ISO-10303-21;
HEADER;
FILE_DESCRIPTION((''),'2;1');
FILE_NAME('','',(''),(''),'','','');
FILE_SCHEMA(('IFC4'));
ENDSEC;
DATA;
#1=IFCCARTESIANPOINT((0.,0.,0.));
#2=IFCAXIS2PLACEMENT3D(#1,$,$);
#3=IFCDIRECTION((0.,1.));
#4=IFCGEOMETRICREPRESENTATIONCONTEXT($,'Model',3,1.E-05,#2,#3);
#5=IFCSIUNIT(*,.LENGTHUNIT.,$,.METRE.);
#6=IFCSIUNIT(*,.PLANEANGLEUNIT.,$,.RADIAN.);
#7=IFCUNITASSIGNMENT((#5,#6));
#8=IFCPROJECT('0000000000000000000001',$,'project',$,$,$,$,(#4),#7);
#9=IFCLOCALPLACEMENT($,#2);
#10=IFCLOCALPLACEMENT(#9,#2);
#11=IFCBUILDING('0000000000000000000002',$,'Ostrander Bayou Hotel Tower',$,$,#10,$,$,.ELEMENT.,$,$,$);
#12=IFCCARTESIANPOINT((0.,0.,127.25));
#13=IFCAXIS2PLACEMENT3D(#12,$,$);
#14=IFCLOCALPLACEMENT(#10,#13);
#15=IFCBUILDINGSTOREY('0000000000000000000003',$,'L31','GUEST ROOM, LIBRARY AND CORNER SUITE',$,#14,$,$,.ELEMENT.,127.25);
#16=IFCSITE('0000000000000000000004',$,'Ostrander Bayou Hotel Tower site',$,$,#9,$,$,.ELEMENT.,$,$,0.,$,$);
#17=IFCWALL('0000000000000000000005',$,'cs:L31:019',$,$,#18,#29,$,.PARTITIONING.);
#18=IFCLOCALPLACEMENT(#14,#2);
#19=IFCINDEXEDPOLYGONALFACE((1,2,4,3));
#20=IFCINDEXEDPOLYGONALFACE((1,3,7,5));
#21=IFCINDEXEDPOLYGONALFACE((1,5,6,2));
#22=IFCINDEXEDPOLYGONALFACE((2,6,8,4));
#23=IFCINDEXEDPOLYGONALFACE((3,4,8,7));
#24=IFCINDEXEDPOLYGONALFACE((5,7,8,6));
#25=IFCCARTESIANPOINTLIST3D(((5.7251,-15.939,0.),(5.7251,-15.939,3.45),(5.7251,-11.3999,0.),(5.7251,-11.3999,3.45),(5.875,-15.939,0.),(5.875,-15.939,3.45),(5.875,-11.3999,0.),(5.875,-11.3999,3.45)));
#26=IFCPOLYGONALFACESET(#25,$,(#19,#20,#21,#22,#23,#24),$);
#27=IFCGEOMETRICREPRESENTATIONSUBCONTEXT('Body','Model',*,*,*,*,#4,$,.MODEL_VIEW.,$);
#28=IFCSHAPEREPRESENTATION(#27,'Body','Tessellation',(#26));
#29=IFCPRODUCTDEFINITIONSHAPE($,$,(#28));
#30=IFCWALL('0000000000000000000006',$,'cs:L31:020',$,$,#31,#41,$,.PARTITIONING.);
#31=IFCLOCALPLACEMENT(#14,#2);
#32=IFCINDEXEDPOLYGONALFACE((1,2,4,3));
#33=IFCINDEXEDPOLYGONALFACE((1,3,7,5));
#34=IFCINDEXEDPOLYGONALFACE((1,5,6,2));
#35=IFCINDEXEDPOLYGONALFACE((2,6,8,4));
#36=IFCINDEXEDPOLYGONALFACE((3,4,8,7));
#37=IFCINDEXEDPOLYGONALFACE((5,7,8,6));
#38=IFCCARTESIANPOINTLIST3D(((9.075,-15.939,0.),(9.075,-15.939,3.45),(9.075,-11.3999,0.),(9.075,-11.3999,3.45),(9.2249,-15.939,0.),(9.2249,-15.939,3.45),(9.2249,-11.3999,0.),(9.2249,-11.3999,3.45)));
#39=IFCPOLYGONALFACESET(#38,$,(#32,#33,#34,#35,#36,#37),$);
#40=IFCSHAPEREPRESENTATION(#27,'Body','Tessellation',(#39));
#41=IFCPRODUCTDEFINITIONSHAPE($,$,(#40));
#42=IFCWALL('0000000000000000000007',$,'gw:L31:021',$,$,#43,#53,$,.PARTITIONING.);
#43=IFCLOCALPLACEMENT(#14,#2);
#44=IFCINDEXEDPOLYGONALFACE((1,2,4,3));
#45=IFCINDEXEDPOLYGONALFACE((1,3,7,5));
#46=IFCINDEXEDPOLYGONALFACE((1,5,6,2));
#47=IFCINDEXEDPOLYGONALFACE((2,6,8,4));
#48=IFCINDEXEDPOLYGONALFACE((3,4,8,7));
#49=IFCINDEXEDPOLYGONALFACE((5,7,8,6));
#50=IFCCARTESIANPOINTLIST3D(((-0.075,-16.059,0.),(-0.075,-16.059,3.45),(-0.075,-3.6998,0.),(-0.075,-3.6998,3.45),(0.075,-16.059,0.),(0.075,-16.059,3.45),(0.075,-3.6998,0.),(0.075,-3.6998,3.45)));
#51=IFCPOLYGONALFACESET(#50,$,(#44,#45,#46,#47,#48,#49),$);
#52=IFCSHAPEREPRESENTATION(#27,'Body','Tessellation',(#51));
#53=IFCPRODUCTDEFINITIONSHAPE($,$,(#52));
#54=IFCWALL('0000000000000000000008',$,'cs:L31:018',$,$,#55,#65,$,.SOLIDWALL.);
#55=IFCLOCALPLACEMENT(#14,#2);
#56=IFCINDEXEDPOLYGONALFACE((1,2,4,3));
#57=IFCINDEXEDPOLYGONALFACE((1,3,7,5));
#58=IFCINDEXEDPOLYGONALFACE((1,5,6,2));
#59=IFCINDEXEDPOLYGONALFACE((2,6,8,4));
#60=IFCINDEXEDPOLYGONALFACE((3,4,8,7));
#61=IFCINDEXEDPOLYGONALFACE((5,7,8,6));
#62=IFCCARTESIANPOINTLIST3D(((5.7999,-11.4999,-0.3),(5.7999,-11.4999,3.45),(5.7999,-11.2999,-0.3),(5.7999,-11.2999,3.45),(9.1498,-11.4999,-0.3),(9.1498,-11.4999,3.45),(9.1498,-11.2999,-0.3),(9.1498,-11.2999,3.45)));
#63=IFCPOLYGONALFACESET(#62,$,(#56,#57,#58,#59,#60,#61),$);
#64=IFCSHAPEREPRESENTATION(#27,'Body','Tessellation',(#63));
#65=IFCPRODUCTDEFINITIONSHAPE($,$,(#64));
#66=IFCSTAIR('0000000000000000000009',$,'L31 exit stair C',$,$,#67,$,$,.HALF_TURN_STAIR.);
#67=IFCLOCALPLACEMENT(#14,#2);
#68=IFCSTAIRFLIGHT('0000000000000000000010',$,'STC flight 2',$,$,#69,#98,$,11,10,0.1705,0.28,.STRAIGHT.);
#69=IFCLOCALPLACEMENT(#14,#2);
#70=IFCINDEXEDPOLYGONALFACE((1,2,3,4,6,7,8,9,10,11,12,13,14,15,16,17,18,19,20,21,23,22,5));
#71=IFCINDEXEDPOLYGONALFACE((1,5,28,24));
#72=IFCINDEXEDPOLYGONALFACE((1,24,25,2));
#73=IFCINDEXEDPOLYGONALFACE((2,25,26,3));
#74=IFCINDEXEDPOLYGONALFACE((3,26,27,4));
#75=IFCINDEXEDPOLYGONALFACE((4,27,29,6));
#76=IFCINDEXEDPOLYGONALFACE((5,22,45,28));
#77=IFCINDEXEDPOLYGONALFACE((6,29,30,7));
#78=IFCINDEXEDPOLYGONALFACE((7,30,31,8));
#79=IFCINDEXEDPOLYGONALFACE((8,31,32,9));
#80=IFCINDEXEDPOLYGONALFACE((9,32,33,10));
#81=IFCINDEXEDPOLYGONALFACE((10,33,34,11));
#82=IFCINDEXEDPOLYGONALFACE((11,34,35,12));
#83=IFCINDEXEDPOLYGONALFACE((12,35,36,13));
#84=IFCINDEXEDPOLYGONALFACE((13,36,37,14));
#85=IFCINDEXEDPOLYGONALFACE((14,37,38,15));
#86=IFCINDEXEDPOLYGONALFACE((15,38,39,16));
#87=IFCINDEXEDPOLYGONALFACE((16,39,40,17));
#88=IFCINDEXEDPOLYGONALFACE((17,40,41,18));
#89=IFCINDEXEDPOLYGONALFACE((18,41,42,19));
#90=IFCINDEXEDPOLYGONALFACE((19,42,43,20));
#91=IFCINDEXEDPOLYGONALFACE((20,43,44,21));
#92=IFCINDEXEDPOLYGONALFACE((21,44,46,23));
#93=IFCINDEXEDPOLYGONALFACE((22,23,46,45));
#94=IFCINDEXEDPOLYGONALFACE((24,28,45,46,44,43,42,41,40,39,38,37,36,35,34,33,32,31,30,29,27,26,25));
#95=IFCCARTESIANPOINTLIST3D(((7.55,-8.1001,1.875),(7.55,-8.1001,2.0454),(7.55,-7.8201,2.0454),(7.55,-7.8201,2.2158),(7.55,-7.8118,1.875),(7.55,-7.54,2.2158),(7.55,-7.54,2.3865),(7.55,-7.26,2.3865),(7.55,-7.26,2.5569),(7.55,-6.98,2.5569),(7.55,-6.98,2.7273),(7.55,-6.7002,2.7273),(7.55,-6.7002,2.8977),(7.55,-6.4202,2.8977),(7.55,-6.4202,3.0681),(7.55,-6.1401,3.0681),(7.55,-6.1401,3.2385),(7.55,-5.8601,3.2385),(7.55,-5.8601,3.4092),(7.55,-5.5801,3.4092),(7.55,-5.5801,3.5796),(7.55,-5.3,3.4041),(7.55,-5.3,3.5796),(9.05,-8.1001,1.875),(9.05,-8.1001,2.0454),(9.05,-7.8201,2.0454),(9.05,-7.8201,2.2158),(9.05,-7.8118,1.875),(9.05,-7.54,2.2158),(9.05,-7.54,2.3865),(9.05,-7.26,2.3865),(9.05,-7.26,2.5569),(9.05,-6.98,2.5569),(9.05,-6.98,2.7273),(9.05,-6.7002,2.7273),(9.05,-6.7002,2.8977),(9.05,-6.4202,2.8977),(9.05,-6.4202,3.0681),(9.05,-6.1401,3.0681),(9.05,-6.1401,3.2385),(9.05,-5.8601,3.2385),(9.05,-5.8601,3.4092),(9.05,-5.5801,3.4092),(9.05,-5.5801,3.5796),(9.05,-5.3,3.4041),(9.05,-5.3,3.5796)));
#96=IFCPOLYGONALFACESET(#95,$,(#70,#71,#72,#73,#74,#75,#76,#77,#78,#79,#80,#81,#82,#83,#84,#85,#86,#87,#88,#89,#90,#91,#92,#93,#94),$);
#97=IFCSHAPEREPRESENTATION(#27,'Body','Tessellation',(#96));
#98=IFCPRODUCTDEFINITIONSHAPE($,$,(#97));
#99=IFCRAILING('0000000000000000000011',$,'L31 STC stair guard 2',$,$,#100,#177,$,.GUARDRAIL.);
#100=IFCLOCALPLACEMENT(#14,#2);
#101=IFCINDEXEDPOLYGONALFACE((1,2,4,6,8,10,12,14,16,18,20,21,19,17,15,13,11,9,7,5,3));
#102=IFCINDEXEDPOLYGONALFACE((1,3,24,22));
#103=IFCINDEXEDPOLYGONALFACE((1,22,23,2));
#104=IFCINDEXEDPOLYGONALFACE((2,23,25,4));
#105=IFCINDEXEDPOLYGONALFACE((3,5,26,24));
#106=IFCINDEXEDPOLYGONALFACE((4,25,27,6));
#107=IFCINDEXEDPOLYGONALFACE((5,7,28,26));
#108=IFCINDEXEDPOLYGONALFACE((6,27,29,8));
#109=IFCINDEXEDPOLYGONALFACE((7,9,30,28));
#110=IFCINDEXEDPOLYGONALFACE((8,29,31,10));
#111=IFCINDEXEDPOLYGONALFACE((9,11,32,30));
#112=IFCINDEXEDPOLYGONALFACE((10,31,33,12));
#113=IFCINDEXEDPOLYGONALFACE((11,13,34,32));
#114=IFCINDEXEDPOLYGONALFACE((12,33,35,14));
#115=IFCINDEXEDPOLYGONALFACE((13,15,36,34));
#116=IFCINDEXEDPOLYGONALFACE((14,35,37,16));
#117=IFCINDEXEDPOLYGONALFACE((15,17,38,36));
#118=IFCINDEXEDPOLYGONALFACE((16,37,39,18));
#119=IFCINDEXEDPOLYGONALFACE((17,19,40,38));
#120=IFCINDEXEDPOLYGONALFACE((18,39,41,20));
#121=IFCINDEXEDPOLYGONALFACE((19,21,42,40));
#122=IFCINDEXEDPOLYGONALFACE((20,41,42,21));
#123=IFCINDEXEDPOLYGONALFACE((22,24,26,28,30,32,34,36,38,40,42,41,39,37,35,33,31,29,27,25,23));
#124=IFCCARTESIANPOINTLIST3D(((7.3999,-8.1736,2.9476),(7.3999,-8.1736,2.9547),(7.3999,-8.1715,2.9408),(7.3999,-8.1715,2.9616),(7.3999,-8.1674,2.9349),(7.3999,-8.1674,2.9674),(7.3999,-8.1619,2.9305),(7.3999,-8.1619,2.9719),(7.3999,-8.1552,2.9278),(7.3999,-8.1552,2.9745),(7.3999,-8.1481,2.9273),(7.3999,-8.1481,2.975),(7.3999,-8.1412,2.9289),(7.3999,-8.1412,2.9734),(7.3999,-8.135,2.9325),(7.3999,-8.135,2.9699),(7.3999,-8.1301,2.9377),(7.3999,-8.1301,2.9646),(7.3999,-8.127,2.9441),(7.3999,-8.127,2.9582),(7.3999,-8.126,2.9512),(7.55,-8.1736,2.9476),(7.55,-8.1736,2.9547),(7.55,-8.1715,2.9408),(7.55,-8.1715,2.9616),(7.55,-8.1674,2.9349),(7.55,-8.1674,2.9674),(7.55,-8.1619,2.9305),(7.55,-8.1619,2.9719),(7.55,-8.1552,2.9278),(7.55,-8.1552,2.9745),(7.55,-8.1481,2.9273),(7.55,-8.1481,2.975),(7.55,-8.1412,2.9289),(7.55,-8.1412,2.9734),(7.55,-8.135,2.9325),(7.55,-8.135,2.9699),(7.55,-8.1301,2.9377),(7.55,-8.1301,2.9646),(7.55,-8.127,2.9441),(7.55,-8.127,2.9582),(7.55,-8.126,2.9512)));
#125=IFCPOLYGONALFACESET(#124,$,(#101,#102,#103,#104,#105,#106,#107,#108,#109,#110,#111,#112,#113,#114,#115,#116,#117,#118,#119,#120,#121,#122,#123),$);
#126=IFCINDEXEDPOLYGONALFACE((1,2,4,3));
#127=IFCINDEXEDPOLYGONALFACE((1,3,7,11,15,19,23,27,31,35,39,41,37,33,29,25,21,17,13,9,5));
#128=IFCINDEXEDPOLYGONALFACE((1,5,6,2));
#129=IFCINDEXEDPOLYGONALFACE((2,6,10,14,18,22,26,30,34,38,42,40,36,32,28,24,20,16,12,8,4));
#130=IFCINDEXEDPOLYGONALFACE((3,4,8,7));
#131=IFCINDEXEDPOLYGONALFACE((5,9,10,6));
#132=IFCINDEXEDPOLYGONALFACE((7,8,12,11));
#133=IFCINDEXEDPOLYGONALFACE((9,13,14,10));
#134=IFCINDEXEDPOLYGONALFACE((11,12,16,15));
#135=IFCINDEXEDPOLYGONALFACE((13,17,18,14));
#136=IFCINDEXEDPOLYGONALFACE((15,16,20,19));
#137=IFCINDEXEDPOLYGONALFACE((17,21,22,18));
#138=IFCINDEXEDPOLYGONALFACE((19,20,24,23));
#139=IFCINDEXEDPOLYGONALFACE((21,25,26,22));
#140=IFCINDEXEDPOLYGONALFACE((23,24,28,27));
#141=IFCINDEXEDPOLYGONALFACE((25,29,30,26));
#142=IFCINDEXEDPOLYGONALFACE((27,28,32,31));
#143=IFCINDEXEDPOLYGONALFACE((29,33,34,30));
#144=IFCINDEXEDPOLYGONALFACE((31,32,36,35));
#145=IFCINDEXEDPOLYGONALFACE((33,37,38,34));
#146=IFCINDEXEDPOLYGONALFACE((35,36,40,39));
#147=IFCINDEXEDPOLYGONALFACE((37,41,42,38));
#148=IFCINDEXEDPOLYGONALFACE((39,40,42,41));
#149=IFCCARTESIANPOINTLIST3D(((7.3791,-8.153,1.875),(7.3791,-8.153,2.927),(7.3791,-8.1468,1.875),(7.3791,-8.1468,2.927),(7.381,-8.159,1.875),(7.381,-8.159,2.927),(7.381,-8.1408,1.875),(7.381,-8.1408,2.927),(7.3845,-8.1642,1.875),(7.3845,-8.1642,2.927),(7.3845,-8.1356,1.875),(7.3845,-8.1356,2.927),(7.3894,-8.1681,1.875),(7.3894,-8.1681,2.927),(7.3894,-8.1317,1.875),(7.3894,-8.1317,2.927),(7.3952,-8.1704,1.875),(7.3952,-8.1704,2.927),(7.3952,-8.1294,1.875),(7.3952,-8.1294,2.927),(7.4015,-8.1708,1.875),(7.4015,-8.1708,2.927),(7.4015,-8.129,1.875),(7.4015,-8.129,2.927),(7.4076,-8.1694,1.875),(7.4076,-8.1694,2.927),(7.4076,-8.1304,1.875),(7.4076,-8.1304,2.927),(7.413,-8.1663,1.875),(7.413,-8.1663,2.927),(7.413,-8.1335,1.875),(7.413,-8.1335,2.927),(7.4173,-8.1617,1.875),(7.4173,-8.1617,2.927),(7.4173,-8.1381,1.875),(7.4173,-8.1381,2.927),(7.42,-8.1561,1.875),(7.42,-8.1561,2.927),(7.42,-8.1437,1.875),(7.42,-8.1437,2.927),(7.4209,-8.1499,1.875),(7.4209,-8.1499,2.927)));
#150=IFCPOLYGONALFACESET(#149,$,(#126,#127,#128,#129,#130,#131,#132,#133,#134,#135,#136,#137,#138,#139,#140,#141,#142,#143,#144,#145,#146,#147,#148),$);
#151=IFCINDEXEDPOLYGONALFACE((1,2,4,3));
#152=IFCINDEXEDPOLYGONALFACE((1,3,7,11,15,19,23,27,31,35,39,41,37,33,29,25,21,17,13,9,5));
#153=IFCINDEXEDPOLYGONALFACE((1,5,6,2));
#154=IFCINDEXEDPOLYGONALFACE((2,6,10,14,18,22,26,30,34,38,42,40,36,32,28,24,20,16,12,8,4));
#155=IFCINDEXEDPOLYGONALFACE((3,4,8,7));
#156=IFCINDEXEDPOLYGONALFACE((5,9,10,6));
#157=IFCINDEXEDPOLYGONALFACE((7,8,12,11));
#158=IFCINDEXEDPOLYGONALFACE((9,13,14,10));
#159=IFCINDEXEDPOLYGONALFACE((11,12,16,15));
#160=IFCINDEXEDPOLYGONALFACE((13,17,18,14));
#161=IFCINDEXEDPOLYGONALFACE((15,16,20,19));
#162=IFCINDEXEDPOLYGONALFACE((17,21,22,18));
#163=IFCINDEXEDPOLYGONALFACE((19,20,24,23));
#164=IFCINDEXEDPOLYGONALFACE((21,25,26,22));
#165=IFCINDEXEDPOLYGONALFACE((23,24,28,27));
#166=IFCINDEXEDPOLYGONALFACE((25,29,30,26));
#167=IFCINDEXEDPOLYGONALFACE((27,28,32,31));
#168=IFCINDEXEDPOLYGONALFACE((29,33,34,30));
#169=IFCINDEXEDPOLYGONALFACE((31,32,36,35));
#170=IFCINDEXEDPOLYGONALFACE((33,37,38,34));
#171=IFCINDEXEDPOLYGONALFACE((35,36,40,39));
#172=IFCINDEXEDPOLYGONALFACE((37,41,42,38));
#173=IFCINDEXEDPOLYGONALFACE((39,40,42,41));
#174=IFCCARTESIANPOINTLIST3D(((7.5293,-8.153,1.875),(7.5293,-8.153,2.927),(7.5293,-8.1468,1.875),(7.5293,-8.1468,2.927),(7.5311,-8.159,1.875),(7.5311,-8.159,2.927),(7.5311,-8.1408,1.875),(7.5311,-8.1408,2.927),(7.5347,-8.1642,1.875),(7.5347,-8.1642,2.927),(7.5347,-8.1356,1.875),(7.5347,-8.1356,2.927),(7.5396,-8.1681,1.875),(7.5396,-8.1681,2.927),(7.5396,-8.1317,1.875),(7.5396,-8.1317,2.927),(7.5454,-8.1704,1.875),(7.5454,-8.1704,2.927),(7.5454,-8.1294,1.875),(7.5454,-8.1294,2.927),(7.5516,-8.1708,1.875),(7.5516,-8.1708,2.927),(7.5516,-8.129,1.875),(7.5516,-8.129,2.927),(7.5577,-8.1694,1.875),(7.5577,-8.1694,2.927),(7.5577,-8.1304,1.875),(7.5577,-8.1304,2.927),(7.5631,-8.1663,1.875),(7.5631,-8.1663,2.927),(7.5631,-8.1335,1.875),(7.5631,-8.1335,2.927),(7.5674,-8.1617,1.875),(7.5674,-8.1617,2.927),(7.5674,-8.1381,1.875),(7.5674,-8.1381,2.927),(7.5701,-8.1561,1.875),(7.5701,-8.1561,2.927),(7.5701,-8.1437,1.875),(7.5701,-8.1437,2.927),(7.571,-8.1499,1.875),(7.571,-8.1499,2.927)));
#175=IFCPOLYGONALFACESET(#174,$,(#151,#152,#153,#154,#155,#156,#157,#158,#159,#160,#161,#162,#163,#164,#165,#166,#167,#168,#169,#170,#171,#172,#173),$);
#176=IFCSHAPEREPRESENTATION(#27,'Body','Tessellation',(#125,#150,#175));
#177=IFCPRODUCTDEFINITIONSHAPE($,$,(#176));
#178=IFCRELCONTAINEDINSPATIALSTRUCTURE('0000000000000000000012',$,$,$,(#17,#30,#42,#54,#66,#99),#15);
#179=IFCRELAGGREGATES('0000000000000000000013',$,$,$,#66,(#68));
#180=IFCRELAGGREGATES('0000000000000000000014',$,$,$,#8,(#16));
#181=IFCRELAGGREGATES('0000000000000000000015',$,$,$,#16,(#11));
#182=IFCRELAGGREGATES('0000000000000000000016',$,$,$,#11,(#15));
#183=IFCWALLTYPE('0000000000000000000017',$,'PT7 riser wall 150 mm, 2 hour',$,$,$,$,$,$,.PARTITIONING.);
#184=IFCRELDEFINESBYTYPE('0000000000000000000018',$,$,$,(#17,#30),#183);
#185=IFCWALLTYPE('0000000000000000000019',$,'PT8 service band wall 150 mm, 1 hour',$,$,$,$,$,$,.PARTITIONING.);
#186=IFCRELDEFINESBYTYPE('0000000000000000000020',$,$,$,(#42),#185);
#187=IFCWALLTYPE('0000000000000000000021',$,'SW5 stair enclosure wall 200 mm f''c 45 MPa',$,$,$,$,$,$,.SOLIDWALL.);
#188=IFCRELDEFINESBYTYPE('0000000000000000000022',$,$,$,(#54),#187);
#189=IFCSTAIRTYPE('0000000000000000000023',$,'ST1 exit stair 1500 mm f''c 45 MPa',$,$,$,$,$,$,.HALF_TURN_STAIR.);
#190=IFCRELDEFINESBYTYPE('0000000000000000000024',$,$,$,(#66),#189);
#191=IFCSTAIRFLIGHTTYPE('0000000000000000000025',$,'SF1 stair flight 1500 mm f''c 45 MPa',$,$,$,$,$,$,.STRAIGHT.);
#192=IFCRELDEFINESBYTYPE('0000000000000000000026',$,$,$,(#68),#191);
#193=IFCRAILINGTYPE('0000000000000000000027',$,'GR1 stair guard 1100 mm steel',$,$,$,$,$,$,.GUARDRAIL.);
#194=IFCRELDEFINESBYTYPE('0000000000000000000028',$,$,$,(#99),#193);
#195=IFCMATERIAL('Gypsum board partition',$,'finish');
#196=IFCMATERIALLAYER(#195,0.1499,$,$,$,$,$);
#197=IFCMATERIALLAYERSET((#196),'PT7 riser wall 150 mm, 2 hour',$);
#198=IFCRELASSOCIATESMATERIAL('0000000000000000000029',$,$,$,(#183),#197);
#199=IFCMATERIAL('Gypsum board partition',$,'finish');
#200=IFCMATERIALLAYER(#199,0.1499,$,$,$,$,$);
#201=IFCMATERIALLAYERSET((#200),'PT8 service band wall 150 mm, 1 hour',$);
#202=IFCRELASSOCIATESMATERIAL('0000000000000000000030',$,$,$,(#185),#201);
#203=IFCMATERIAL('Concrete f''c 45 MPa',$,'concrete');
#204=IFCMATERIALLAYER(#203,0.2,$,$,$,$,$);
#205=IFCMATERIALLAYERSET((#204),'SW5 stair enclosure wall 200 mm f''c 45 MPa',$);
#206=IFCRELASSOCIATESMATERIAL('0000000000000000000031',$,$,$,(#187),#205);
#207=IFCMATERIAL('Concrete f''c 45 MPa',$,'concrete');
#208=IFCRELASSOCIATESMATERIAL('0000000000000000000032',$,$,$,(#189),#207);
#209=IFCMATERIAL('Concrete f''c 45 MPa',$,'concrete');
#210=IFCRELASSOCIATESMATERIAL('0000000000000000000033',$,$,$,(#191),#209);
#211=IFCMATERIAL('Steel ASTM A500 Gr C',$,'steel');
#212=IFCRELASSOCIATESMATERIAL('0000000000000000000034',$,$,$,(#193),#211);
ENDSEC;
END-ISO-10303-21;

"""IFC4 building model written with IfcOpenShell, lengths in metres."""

from ifc_helpers import new_model, si_unit, direction, frame, frame_2d, origin, origin_2d, place, context, subcontext, project, spatial, polyline, rectangle, circle, outline, extrude, material, layer, layer_set, type_object, element, aggregate, save


model = new_model("IFC4")

# Units and contexts
model_context = context("Model", 3, precision=1e-05, world=origin(), true_north=direction((0.0, 1.0)))
body_context = subcontext(model_context, "Body", "Model", "MODEL_VIEW")
ifc_project = project(units=[si_unit("LENGTHUNIT", "METRE"), si_unit("PLANEANGLEUNIT", "RADIAN")], contexts=[model_context])

# Site, building, storey
site_placement = place(None, origin())
site = spatial("IfcSite", under=ifc_project, at=site_placement, Name="Ostrander Bayou Hotel Tower site", CompositionType="ELEMENT", RefElevation=0.0)
building_placement = place(site_placement, origin())
building = spatial("IfcBuilding", under=site, at=building_placement, Name="Ostrander Bayou Hotel Tower", CompositionType="ELEMENT")
storey_placement = place(building_placement, frame((0.0, 0.0, 127.25)))
storey = spatial("IfcBuildingStorey", under=building, at=storey_placement, Name="L31", Description="GUEST ROOM, LIBRARY AND CORNER SUITE", CompositionType="ELEMENT", Elevation=127.25)

# Walls
ifc_material_1 = material(Name="Gypsum board partition", Category="finish")
ifc_layer_1 = layer(ifc_material_1, 0.1499)
ifc_layer_set_1 = layer_set([ifc_layer_1], Name="PT7 riser wall 150 mm, 2 hour")
wall_type_1 = type_object("IfcWallType", Name="PT7 riser wall 150 mm, 2 hour", PredefinedType="PARTITIONING", material=ifc_layer_set_1)
for number, where, z_axis, x_axis, name in (
    (1, (5.8, -11.3999, 0.0), (0.0, 0.0, 1.0), (0.0, -1.0, 0.0), "cs:L31:019"),
    (2, (9.1499, -11.3999, 0.0), (0.0, 0.0, 1.0), (0.0, -1.0, 0.0), "cs:L31:020"),
):
    element("IfcWall", number, at=place(storey_placement, frame(where, z_axis=z_axis, x_axis=x_axis)), inside=storey, type_object=wall_type_1, Name=name, PredefinedType="PARTITIONING", context=body_context, shape_type="SweptSolid", body=[
        extrude(rectangle(XDim=4.5391, YDim=0.1499, at=frame_2d((2.2695, 0.0))), origin(), (0.0, 0.0, 1.0), 3.45),
    ])
ifc_material_2 = material(Name="Gypsum board partition", Category="finish")
ifc_layer_2 = layer(ifc_material_2, 0.1499)
ifc_layer_set_2 = layer_set([ifc_layer_2], Name="PT8 service band wall 150 mm, 1 hour")
wall_type_2 = type_object("IfcWallType", Name="PT8 service band wall 150 mm, 1 hour", PredefinedType="PARTITIONING", material=ifc_layer_set_2)
wall_1_placement = place(storey_placement, frame((0.0, -16.0591, 0.0), z_axis=(0.0, 0.0, 1.0), x_axis=(0.0, 1.0, 0.0)))
element("IfcWall", 3, at=wall_1_placement, inside=storey, type_object=wall_type_2, Name="gw:L31:021", PredefinedType="PARTITIONING", context=body_context, shape_type="SweptSolid", body=[
    extrude(rectangle(XDim=12.3591, YDim=0.1499, at=frame_2d((6.1797, 0.0))), origin(), (0.0, 0.0, 1.0), 3.45),
])
ifc_material_3 = material(Name="Concrete f'c 45 MPa", Category="concrete")
ifc_layer_3 = layer(ifc_material_3, 0.2)
ifc_layer_set_3 = layer_set([ifc_layer_3], Name="SW5 stair enclosure wall 200 mm f'c 45 MPa")
wall_type_3 = type_object("IfcWallType", Name="SW5 stair enclosure wall 200 mm f'c 45 MPa", PredefinedType="SOLIDWALL", material=ifc_layer_set_3)
wall_2_placement = place(storey_placement, frame((5.8, -11.3999, -0.3), z_axis=(0.0, 0.0, 1.0), x_axis=(1.0, 0.0, 0.0)))
element("IfcWall", 4, at=wall_2_placement, inside=storey, type_object=wall_type_3, Name="cs:L31:018", PredefinedType="SOLIDWALL", context=body_context, shape_type="SweptSolid", body=[
    extrude(rectangle(XDim=3.3499, YDim=0.2, at=frame_2d((1.6748, 0.0))), origin(), (0.0, 0.0, 1.0), 3.75),
])

# Stair, stair flight
ifc_material_4 = material(Name="Concrete f'c 45 MPa", Category="concrete")
stair_type = type_object("IfcStairType", Name="ST1 exit stair 1500 mm f'c 45 MPa", PredefinedType="HALF_TURN_STAIR", material=ifc_material_4)
stair_placement = place(storey_placement, origin())
stair = element("IfcStair", 5, at=stair_placement, inside=storey, type_object=stair_type, Name="L31 exit stair C", PredefinedType="HALF_TURN_STAIR")
ifc_material_5 = material(Name="Concrete f'c 45 MPa", Category="concrete")
stair_flight_type = type_object("IfcStairFlightType", Name="SF1 stair flight 1500 mm f'c 45 MPa", PredefinedType="STRAIGHT", material=ifc_material_5)
stair_flight_placement = place(storey_placement, frame((8.3, -8.1001, 1.875), z_axis=(0.0, 0.0, 1.0), x_axis=(0.0, 1.0, 0.0)))
stair_flight = element("IfcStairFlight", 6, at=stair_flight_placement, type_object=stair_flight_type, Name="STC flight 2", NumberOfRisers=11, NumberOfTreads=10, PredefinedType="STRAIGHT", RiserHeight=0.1705, TreadLength=0.28, context=body_context, shape_type="SweptSolid", body=[
    extrude(outline(polyline([(0.0, 0.0), (0.0, 0.1704), (0.28, 0.1704), (0.28, 0.3408), (0.5601, 0.3408), (0.5601, 0.5115), (0.8401, 0.5115), (0.8401, 0.6819), (1.1201, 0.6819), (1.1201, 0.8523), (1.3999, 0.8523), (1.3999, 1.0227), (1.6799, 1.0227), (1.6799, 1.1931), (1.96, 1.1931), (1.96, 1.3635), (2.24, 1.3635), (2.24, 1.5342), (2.52, 1.5342), (2.52, 1.7046), (2.8, 1.7046), (2.8, 1.875), (2.8, 1.5291), (0.2883, 0.0), (0.0, 0.0)])), frame((0.0, 0.75, 0.0), z_axis=(0.0, -1.0, 0.0), x_axis=(1.0, 0.0, 0.0)), (0.0, 0.0, 1.0), 1.5),
])
aggregate(stair, [stair_flight])

# Railing
ifc_material_6 = material(Name="Steel ASTM A500 Gr C", Category="steel")
railing_type = type_object("IfcRailingType", Name="GR1 stair guard 1100 mm steel", PredefinedType="GUARDRAIL", material=ifc_material_6)
railing_1_placement = place(storey_placement, frame((7.3999, -8.1499, 1.875)))
element("IfcRailing", 7, at=railing_1_placement, inside=storey, type_object=railing_type, Name="L31 STC stair guard 2", PredefinedType="GUARDRAIL", context=body_context, shape_type="SweptSolid", body=[
    extrude(circle(Radius=0.0239, at=origin_2d()), frame((0.0, 0.0, 1.0762), z_axis=(1.0, 0.0, 0.0), x_axis=(0.0, 1.0, 0.0)), (0.0, 0.0, 1.0), 0.1501),
    extrude(circle(Radius=0.021, at=origin_2d()), origin(), (0.0, 0.0, 1.0), 1.052),
    extrude(circle(Radius=0.021, at=origin_2d()), frame((0.1501, 0.0, 0.0)), (0.0, 0.0, 1.0), 1.052),
])

save(model, "model.ifc")
